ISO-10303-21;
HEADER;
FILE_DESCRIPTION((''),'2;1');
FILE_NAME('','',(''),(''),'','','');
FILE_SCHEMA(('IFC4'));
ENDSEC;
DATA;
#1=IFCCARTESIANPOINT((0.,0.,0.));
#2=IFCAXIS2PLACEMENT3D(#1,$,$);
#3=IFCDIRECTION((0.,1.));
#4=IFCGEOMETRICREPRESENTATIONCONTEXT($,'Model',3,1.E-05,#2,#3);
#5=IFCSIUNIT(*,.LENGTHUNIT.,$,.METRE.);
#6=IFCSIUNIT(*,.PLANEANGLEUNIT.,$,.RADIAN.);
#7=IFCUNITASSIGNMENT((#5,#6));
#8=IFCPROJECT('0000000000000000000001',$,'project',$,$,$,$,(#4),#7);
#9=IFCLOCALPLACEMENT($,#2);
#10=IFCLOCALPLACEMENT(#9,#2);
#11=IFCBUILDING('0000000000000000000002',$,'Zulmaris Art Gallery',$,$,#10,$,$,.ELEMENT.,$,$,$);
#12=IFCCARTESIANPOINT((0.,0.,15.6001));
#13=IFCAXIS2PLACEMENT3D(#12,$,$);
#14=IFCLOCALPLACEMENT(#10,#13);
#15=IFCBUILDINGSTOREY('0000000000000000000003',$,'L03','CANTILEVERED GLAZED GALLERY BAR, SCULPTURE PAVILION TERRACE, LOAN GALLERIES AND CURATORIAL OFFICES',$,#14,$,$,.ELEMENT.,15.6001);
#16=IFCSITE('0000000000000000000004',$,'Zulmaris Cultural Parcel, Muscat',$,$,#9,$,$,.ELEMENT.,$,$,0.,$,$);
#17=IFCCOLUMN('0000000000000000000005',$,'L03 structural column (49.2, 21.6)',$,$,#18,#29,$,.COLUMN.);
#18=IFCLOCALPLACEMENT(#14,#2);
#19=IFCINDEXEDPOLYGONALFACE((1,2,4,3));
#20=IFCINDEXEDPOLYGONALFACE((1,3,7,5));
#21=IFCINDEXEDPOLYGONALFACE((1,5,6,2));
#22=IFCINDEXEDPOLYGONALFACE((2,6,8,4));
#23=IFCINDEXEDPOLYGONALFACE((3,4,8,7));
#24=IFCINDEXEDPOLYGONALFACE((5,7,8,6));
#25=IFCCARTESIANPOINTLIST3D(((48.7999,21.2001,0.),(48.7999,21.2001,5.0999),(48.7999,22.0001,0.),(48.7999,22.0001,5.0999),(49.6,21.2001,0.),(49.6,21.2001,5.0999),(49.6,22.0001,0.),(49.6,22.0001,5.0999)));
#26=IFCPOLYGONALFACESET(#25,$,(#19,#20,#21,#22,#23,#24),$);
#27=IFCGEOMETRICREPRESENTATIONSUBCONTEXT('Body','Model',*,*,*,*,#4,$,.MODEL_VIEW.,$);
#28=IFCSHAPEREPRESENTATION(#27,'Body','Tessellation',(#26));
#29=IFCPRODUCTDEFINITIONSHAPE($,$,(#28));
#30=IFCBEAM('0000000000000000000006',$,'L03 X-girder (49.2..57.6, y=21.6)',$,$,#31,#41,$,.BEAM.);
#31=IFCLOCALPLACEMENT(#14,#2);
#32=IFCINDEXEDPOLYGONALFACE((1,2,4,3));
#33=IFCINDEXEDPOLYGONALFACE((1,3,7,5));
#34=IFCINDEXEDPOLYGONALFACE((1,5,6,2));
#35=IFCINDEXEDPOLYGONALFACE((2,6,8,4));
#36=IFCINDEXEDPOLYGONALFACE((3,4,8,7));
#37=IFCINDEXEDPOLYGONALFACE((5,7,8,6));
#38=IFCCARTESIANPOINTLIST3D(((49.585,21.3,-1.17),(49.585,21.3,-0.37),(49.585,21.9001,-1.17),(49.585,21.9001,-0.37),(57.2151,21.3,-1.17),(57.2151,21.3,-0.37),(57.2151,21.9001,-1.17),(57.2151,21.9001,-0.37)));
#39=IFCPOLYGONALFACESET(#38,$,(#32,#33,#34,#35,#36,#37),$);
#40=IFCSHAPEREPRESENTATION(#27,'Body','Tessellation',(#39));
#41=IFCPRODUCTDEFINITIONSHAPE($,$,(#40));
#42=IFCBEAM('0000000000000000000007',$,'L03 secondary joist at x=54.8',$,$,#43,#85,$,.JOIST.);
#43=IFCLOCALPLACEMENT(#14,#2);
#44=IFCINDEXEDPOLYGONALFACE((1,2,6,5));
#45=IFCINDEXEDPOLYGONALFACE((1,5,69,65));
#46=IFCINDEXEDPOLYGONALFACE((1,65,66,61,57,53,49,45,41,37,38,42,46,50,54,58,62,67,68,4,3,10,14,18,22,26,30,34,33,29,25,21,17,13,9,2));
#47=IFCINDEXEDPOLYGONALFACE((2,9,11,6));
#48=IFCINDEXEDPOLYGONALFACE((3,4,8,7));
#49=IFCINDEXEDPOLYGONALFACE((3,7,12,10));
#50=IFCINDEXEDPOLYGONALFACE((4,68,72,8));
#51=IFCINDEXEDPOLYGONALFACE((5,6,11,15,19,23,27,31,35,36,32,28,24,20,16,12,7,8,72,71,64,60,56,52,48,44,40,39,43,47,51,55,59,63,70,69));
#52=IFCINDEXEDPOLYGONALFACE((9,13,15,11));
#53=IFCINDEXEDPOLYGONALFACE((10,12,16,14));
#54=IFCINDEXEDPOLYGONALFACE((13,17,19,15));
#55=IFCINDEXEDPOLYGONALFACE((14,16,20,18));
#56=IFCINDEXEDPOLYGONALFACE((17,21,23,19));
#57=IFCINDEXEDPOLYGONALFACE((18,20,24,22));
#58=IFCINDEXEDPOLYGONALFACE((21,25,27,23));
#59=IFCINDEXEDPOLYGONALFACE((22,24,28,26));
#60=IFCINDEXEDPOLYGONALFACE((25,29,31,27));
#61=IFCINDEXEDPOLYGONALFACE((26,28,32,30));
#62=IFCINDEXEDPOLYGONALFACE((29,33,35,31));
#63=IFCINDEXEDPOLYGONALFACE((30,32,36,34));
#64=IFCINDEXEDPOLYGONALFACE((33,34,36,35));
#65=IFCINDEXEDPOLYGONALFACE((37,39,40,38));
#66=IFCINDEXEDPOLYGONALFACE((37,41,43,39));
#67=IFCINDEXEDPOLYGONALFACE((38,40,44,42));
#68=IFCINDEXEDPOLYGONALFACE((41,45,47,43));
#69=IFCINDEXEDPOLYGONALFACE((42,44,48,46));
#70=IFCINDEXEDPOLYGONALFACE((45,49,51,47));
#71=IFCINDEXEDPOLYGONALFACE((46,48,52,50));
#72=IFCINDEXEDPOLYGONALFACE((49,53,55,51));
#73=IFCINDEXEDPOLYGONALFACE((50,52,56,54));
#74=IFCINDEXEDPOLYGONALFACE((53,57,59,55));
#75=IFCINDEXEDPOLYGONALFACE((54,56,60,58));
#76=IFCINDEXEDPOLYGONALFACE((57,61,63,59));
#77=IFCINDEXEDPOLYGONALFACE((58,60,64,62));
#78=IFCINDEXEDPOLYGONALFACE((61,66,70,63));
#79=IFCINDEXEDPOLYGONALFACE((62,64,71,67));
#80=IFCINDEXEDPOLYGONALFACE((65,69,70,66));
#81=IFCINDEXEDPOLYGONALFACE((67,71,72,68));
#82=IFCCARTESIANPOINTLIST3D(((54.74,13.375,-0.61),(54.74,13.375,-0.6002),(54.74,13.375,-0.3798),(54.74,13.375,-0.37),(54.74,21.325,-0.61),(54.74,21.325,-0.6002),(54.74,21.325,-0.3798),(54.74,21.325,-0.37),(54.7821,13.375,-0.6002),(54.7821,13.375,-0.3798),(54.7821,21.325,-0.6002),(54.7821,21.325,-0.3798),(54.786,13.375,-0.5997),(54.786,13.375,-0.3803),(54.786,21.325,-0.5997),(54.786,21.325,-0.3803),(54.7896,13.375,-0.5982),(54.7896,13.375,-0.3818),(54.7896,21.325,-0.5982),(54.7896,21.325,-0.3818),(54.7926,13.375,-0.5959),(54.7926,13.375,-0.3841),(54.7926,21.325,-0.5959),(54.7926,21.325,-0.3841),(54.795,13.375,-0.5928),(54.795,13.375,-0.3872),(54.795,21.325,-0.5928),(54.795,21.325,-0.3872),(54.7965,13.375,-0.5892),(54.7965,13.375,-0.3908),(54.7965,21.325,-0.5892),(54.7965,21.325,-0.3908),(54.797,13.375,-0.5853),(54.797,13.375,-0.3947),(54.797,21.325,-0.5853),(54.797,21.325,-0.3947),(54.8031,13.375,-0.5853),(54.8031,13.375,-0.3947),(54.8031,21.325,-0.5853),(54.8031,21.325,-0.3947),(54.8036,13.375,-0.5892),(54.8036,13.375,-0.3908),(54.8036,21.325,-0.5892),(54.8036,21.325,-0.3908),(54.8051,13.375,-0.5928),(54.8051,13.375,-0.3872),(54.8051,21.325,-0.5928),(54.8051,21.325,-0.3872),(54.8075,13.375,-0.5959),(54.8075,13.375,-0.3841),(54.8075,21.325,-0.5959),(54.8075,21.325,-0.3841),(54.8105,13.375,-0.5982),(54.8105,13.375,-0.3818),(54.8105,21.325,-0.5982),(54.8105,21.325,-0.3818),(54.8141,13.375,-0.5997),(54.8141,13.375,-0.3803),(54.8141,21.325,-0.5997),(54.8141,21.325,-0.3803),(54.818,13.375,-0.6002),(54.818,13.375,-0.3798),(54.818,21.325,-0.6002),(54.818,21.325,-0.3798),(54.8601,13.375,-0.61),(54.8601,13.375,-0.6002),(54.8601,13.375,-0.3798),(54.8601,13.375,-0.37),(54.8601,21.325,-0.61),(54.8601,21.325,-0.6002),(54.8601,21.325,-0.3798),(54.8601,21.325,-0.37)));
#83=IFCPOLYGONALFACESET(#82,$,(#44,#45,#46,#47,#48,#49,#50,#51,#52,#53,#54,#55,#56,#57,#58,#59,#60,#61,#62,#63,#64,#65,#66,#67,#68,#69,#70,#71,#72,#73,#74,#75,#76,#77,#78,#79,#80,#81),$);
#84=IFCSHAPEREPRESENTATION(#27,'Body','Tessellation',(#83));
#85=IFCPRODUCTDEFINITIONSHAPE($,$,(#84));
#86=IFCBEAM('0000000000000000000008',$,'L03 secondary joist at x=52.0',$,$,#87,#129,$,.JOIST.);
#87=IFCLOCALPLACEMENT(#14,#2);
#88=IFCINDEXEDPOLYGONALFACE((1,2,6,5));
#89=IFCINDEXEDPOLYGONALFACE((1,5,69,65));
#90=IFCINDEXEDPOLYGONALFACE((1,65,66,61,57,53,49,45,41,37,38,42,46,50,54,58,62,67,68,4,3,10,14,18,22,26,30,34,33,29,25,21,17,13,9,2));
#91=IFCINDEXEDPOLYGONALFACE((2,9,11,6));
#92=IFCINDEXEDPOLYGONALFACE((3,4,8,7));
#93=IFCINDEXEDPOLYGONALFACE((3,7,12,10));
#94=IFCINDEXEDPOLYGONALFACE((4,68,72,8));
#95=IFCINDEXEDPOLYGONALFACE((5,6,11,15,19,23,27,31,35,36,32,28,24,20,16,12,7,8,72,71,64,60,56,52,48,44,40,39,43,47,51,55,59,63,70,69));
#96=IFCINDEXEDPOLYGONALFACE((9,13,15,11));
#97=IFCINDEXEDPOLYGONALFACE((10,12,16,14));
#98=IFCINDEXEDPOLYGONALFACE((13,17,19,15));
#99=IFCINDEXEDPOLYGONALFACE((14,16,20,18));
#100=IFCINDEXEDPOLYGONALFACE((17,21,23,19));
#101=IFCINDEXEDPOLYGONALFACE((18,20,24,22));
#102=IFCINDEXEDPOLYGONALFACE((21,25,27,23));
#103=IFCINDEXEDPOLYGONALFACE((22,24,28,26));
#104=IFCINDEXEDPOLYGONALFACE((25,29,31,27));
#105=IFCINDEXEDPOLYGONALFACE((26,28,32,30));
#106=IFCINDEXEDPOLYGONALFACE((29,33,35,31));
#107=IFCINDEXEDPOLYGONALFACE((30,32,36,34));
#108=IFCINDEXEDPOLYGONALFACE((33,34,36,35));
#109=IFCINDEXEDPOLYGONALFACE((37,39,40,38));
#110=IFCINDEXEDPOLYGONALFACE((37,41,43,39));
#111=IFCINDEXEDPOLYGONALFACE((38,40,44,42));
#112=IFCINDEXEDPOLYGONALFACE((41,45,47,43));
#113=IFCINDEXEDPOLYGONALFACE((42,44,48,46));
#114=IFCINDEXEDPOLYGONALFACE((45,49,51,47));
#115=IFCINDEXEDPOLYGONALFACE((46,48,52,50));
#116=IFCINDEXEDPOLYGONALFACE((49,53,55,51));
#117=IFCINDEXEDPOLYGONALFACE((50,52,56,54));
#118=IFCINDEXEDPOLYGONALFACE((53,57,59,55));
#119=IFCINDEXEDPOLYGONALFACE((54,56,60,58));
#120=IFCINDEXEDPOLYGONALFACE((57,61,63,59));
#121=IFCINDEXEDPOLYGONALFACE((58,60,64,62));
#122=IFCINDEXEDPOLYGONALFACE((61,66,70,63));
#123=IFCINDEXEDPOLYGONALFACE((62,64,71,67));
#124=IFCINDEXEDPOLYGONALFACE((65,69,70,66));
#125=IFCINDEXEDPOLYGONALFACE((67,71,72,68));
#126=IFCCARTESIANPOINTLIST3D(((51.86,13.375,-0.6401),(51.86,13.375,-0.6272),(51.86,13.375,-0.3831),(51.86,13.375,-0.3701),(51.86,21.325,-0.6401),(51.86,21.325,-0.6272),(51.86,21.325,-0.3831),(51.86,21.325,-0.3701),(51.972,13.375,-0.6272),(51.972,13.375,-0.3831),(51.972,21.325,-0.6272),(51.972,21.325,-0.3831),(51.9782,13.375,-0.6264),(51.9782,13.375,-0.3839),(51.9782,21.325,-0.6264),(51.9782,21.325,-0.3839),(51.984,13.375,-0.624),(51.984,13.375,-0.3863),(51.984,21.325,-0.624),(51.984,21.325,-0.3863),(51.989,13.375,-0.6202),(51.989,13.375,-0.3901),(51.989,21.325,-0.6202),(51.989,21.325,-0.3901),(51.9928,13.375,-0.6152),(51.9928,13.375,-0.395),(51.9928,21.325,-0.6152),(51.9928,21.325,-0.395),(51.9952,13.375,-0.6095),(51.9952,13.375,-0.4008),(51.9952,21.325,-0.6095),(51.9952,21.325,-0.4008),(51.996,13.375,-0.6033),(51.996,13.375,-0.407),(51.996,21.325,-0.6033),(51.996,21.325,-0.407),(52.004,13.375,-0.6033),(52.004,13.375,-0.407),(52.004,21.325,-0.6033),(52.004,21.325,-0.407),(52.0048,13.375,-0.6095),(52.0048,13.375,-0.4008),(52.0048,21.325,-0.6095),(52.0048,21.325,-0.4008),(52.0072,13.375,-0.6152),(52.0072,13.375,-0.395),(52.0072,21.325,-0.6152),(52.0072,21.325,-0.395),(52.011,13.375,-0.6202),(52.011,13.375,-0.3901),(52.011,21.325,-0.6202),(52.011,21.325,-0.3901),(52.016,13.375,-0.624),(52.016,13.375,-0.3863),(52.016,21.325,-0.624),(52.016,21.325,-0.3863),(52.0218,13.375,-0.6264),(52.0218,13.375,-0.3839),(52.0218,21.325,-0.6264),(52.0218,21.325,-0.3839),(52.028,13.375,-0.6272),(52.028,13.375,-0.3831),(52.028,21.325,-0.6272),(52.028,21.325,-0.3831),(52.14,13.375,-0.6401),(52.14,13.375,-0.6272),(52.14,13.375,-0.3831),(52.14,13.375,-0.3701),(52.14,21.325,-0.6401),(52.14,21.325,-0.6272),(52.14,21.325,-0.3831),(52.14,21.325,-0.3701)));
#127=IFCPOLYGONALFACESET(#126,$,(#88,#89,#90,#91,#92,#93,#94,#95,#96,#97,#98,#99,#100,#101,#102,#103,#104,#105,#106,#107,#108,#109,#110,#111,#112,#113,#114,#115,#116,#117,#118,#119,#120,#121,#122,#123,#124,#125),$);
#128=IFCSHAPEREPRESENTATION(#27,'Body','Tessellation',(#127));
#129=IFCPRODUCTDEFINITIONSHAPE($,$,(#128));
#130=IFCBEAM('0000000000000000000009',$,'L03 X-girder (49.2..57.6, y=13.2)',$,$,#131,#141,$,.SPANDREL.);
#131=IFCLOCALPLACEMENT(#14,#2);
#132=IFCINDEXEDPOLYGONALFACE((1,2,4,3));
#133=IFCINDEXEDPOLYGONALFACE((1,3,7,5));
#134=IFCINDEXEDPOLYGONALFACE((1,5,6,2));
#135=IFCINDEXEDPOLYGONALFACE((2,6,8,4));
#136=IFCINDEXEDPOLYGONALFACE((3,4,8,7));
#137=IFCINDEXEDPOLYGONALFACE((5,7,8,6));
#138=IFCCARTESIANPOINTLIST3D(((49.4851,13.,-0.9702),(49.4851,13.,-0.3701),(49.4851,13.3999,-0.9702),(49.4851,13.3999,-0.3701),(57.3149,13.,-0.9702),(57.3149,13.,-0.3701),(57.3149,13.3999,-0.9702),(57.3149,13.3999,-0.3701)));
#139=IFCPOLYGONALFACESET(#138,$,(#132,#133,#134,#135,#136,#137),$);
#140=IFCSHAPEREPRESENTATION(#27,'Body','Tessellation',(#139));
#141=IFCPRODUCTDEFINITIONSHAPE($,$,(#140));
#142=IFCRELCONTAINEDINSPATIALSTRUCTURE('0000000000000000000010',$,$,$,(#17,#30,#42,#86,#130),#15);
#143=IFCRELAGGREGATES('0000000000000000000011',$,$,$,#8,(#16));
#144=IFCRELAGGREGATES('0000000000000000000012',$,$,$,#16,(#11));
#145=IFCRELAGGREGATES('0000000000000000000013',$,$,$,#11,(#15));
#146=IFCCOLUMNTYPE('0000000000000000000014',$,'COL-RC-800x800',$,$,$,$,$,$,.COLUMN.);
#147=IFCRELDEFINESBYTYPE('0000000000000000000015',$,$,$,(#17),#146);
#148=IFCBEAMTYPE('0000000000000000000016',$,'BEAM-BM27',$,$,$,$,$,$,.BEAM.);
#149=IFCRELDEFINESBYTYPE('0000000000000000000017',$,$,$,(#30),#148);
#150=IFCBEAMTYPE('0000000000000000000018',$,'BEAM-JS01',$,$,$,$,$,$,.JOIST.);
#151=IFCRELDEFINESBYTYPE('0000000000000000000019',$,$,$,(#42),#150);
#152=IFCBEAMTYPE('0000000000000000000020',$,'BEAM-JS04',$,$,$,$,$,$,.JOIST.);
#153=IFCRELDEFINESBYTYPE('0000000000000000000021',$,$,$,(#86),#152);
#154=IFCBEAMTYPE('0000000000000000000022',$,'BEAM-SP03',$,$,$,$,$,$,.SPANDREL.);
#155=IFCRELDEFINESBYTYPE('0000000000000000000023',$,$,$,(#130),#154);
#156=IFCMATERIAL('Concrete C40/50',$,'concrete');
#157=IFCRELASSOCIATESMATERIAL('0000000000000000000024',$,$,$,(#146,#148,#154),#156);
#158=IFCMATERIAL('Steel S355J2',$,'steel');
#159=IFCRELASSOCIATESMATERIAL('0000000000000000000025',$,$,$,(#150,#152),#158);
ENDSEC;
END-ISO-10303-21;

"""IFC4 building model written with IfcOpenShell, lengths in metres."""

from ifc_helpers import new_model, si_unit, direction, frame, origin, origin_2d, place, context, subcontext, project, spatial, rectangle, i_section, extrude, material, material_profile, profile_set, type_object, element, save


model = new_model("IFC4")

# Units and contexts
model_context = context("Model", 3, precision=1e-05, world=origin(), true_north=direction((0.0, 1.0)))
body_context = subcontext(model_context, "Body", "Model", "MODEL_VIEW")
ifc_project = project(units=[si_unit("LENGTHUNIT", "METRE"), si_unit("PLANEANGLEUNIT", "RADIAN")], contexts=[model_context])

# Site, building, storey
site_placement = place(None, origin())
site = spatial("IfcSite", under=ifc_project, at=site_placement, Name="Zulmaris Cultural Parcel, Muscat", CompositionType="ELEMENT", RefElevation=0.0)
building_placement = place(site_placement, origin())
building = spatial("IfcBuilding", under=site, at=building_placement, Name="Zulmaris Art Gallery", CompositionType="ELEMENT")
storey_placement = place(building_placement, frame((0.0, 0.0, 15.6001)))
storey = spatial("IfcBuildingStorey", under=building, at=storey_placement, Name="L03", Description="CANTILEVERED GLAZED GALLERY BAR, SCULPTURE PAVILION TERRACE, LOAN GALLERIES AND CURATORIAL OFFICES", CompositionType="ELEMENT", Elevation=15.6001)

# Column
ifc_material_1 = material(Name="Concrete C40/50", Category="concrete")
ifc_material_profile_1 = material_profile(ifc_material_1, rectangle(XDim=0.8, YDim=0.8, at=origin_2d()), Name="RC 800x800")
ifc_profile_set_1 = profile_set([ifc_material_profile_1], Name="Concrete C40/50")
column_type = type_object("IfcColumnType", Name="COL-RC-800x800", PredefinedType="COLUMN", material=ifc_profile_set_1)
column_placement = place(storey_placement, frame((49.2, 21.6001, 0.0), z_axis=(0.0, 0.0, 1.0), x_axis=(1.0, 0.0, 0.0)))
element("IfcColumn", 1, at=column_placement, inside=storey, type_object=column_type, Name="L03 structural column (49.2, 21.6)", PredefinedType="COLUMN", context=body_context, shape_type="SweptSolid", body=[
    extrude(rectangle(XDim=0.8, YDim=0.8, at=origin_2d()), origin(), (0.0, 0.0, 1.0), 5.0999),
])

# Beams
ifc_material_profile_2 = material_profile(ifc_material_1, rectangle(XDim=0.6001, YDim=0.8, at=origin_2d()), Name="RC 600x800")
ifc_profile_set_2 = profile_set([ifc_material_profile_2], Name="Concrete C40/50")
beam_type_1 = type_object("IfcBeamType", Name="BEAM-BM27", PredefinedType="BEAM", material=ifc_profile_set_2)
beam_1_placement = place(storey_placement, frame((49.585, 21.6001, -0.77), z_axis=(1.0, 0.0, 0.0), x_axis=(0.0, 1.0, 0.0)))
element("IfcBeam", 2, at=beam_1_placement, inside=storey, type_object=beam_type_1, Name="L03 X-girder (49.2..57.6, y=21.6)", PredefinedType="BEAM", context=body_context, shape_type="SweptSolid", body=[
    extrude(rectangle(XDim=0.6001, YDim=0.8, at=origin_2d()), origin(), (0.0, 0.0, 1.0), 7.6301),
])
ifc_material_2 = material(Name="Steel S355J2", Category="steel")
ifc_material_profile_3 = material_profile(ifc_material_2, i_section(OverallWidth=0.1201, OverallDepth=0.24, WebThickness=0.0061, FlangeThickness=0.0098, FilletRadius=0.0149, at=origin_2d()), Name="IPE 240")
ifc_profile_set_3 = profile_set([ifc_material_profile_3], Name="Steel S355J2")
beam_type_2 = type_object("IfcBeamType", Name="BEAM-JS01", PredefinedType="JOIST", material=ifc_profile_set_3)
beam_2_placement = place(storey_placement, frame((54.8, 13.375, -0.49), z_axis=(0.0, 1.0, 0.0), x_axis=(-1.0, 0.0, 0.0)))
element("IfcBeam", 3, at=beam_2_placement, inside=storey, type_object=beam_type_2, Name="L03 secondary joist at x=54.8", PredefinedType="JOIST", context=body_context, shape_type="SweptSolid", body=[
    extrude(i_section(OverallWidth=0.1201, OverallDepth=0.24, WebThickness=0.0061, FlangeThickness=0.0098, FilletRadius=0.0149, at=origin_2d()), origin(), (0.0, 0.0, 1.0), 7.95),
])
ifc_material_profile_4 = material_profile(ifc_material_2, i_section(OverallWidth=0.28, OverallDepth=0.27, WebThickness=0.0081, FlangeThickness=0.0129, FilletRadius=0.0239, at=origin_2d()), Name="HEA 280")
ifc_profile_set_4 = profile_set([ifc_material_profile_4], Name="Steel S355J2")
beam_type_3 = type_object("IfcBeamType", Name="BEAM-JS04", PredefinedType="JOIST", material=ifc_profile_set_4)
beam_3_placement = place(storey_placement, frame((52.0, 13.375, -0.5051), z_axis=(0.0, 1.0, 0.0), x_axis=(-1.0, 0.0, 0.0)))
element("IfcBeam", 4, at=beam_3_placement, inside=storey, type_object=beam_type_3, Name="L03 secondary joist at x=52.0", PredefinedType="JOIST", context=body_context, shape_type="SweptSolid", body=[
    extrude(i_section(OverallWidth=0.28, OverallDepth=0.27, WebThickness=0.0081, FlangeThickness=0.0129, FilletRadius=0.0239, at=origin_2d()), origin(), (0.0, 0.0, 1.0), 7.95),
])
ifc_material_profile_5 = material_profile(ifc_material_1, rectangle(XDim=0.3999, YDim=0.6001, at=origin_2d()), Name="RC 400x600")
ifc_profile_set_5 = profile_set([ifc_material_profile_5], Name="Concrete C40/50")
beam_type_4 = type_object("IfcBeamType", Name="BEAM-SP03", PredefinedType="SPANDREL", material=ifc_profile_set_5)
beam_4_placement = place(storey_placement, frame((49.4851, 13.2, -0.6702), z_axis=(1.0, 0.0, 0.0), x_axis=(0.0, 1.0, 0.0)))
element("IfcBeam", 5, at=beam_4_placement, inside=storey, type_object=beam_type_4, Name="L03 X-girder (49.2..57.6, y=13.2)", PredefinedType="SPANDREL", context=body_context, shape_type="SweptSolid", body=[
    extrude(rectangle(XDim=0.3999, YDim=0.6001, at=origin_2d()), origin(), (0.0, 0.0, 1.0), 7.8298),
])

save(model, "model.ifc")
